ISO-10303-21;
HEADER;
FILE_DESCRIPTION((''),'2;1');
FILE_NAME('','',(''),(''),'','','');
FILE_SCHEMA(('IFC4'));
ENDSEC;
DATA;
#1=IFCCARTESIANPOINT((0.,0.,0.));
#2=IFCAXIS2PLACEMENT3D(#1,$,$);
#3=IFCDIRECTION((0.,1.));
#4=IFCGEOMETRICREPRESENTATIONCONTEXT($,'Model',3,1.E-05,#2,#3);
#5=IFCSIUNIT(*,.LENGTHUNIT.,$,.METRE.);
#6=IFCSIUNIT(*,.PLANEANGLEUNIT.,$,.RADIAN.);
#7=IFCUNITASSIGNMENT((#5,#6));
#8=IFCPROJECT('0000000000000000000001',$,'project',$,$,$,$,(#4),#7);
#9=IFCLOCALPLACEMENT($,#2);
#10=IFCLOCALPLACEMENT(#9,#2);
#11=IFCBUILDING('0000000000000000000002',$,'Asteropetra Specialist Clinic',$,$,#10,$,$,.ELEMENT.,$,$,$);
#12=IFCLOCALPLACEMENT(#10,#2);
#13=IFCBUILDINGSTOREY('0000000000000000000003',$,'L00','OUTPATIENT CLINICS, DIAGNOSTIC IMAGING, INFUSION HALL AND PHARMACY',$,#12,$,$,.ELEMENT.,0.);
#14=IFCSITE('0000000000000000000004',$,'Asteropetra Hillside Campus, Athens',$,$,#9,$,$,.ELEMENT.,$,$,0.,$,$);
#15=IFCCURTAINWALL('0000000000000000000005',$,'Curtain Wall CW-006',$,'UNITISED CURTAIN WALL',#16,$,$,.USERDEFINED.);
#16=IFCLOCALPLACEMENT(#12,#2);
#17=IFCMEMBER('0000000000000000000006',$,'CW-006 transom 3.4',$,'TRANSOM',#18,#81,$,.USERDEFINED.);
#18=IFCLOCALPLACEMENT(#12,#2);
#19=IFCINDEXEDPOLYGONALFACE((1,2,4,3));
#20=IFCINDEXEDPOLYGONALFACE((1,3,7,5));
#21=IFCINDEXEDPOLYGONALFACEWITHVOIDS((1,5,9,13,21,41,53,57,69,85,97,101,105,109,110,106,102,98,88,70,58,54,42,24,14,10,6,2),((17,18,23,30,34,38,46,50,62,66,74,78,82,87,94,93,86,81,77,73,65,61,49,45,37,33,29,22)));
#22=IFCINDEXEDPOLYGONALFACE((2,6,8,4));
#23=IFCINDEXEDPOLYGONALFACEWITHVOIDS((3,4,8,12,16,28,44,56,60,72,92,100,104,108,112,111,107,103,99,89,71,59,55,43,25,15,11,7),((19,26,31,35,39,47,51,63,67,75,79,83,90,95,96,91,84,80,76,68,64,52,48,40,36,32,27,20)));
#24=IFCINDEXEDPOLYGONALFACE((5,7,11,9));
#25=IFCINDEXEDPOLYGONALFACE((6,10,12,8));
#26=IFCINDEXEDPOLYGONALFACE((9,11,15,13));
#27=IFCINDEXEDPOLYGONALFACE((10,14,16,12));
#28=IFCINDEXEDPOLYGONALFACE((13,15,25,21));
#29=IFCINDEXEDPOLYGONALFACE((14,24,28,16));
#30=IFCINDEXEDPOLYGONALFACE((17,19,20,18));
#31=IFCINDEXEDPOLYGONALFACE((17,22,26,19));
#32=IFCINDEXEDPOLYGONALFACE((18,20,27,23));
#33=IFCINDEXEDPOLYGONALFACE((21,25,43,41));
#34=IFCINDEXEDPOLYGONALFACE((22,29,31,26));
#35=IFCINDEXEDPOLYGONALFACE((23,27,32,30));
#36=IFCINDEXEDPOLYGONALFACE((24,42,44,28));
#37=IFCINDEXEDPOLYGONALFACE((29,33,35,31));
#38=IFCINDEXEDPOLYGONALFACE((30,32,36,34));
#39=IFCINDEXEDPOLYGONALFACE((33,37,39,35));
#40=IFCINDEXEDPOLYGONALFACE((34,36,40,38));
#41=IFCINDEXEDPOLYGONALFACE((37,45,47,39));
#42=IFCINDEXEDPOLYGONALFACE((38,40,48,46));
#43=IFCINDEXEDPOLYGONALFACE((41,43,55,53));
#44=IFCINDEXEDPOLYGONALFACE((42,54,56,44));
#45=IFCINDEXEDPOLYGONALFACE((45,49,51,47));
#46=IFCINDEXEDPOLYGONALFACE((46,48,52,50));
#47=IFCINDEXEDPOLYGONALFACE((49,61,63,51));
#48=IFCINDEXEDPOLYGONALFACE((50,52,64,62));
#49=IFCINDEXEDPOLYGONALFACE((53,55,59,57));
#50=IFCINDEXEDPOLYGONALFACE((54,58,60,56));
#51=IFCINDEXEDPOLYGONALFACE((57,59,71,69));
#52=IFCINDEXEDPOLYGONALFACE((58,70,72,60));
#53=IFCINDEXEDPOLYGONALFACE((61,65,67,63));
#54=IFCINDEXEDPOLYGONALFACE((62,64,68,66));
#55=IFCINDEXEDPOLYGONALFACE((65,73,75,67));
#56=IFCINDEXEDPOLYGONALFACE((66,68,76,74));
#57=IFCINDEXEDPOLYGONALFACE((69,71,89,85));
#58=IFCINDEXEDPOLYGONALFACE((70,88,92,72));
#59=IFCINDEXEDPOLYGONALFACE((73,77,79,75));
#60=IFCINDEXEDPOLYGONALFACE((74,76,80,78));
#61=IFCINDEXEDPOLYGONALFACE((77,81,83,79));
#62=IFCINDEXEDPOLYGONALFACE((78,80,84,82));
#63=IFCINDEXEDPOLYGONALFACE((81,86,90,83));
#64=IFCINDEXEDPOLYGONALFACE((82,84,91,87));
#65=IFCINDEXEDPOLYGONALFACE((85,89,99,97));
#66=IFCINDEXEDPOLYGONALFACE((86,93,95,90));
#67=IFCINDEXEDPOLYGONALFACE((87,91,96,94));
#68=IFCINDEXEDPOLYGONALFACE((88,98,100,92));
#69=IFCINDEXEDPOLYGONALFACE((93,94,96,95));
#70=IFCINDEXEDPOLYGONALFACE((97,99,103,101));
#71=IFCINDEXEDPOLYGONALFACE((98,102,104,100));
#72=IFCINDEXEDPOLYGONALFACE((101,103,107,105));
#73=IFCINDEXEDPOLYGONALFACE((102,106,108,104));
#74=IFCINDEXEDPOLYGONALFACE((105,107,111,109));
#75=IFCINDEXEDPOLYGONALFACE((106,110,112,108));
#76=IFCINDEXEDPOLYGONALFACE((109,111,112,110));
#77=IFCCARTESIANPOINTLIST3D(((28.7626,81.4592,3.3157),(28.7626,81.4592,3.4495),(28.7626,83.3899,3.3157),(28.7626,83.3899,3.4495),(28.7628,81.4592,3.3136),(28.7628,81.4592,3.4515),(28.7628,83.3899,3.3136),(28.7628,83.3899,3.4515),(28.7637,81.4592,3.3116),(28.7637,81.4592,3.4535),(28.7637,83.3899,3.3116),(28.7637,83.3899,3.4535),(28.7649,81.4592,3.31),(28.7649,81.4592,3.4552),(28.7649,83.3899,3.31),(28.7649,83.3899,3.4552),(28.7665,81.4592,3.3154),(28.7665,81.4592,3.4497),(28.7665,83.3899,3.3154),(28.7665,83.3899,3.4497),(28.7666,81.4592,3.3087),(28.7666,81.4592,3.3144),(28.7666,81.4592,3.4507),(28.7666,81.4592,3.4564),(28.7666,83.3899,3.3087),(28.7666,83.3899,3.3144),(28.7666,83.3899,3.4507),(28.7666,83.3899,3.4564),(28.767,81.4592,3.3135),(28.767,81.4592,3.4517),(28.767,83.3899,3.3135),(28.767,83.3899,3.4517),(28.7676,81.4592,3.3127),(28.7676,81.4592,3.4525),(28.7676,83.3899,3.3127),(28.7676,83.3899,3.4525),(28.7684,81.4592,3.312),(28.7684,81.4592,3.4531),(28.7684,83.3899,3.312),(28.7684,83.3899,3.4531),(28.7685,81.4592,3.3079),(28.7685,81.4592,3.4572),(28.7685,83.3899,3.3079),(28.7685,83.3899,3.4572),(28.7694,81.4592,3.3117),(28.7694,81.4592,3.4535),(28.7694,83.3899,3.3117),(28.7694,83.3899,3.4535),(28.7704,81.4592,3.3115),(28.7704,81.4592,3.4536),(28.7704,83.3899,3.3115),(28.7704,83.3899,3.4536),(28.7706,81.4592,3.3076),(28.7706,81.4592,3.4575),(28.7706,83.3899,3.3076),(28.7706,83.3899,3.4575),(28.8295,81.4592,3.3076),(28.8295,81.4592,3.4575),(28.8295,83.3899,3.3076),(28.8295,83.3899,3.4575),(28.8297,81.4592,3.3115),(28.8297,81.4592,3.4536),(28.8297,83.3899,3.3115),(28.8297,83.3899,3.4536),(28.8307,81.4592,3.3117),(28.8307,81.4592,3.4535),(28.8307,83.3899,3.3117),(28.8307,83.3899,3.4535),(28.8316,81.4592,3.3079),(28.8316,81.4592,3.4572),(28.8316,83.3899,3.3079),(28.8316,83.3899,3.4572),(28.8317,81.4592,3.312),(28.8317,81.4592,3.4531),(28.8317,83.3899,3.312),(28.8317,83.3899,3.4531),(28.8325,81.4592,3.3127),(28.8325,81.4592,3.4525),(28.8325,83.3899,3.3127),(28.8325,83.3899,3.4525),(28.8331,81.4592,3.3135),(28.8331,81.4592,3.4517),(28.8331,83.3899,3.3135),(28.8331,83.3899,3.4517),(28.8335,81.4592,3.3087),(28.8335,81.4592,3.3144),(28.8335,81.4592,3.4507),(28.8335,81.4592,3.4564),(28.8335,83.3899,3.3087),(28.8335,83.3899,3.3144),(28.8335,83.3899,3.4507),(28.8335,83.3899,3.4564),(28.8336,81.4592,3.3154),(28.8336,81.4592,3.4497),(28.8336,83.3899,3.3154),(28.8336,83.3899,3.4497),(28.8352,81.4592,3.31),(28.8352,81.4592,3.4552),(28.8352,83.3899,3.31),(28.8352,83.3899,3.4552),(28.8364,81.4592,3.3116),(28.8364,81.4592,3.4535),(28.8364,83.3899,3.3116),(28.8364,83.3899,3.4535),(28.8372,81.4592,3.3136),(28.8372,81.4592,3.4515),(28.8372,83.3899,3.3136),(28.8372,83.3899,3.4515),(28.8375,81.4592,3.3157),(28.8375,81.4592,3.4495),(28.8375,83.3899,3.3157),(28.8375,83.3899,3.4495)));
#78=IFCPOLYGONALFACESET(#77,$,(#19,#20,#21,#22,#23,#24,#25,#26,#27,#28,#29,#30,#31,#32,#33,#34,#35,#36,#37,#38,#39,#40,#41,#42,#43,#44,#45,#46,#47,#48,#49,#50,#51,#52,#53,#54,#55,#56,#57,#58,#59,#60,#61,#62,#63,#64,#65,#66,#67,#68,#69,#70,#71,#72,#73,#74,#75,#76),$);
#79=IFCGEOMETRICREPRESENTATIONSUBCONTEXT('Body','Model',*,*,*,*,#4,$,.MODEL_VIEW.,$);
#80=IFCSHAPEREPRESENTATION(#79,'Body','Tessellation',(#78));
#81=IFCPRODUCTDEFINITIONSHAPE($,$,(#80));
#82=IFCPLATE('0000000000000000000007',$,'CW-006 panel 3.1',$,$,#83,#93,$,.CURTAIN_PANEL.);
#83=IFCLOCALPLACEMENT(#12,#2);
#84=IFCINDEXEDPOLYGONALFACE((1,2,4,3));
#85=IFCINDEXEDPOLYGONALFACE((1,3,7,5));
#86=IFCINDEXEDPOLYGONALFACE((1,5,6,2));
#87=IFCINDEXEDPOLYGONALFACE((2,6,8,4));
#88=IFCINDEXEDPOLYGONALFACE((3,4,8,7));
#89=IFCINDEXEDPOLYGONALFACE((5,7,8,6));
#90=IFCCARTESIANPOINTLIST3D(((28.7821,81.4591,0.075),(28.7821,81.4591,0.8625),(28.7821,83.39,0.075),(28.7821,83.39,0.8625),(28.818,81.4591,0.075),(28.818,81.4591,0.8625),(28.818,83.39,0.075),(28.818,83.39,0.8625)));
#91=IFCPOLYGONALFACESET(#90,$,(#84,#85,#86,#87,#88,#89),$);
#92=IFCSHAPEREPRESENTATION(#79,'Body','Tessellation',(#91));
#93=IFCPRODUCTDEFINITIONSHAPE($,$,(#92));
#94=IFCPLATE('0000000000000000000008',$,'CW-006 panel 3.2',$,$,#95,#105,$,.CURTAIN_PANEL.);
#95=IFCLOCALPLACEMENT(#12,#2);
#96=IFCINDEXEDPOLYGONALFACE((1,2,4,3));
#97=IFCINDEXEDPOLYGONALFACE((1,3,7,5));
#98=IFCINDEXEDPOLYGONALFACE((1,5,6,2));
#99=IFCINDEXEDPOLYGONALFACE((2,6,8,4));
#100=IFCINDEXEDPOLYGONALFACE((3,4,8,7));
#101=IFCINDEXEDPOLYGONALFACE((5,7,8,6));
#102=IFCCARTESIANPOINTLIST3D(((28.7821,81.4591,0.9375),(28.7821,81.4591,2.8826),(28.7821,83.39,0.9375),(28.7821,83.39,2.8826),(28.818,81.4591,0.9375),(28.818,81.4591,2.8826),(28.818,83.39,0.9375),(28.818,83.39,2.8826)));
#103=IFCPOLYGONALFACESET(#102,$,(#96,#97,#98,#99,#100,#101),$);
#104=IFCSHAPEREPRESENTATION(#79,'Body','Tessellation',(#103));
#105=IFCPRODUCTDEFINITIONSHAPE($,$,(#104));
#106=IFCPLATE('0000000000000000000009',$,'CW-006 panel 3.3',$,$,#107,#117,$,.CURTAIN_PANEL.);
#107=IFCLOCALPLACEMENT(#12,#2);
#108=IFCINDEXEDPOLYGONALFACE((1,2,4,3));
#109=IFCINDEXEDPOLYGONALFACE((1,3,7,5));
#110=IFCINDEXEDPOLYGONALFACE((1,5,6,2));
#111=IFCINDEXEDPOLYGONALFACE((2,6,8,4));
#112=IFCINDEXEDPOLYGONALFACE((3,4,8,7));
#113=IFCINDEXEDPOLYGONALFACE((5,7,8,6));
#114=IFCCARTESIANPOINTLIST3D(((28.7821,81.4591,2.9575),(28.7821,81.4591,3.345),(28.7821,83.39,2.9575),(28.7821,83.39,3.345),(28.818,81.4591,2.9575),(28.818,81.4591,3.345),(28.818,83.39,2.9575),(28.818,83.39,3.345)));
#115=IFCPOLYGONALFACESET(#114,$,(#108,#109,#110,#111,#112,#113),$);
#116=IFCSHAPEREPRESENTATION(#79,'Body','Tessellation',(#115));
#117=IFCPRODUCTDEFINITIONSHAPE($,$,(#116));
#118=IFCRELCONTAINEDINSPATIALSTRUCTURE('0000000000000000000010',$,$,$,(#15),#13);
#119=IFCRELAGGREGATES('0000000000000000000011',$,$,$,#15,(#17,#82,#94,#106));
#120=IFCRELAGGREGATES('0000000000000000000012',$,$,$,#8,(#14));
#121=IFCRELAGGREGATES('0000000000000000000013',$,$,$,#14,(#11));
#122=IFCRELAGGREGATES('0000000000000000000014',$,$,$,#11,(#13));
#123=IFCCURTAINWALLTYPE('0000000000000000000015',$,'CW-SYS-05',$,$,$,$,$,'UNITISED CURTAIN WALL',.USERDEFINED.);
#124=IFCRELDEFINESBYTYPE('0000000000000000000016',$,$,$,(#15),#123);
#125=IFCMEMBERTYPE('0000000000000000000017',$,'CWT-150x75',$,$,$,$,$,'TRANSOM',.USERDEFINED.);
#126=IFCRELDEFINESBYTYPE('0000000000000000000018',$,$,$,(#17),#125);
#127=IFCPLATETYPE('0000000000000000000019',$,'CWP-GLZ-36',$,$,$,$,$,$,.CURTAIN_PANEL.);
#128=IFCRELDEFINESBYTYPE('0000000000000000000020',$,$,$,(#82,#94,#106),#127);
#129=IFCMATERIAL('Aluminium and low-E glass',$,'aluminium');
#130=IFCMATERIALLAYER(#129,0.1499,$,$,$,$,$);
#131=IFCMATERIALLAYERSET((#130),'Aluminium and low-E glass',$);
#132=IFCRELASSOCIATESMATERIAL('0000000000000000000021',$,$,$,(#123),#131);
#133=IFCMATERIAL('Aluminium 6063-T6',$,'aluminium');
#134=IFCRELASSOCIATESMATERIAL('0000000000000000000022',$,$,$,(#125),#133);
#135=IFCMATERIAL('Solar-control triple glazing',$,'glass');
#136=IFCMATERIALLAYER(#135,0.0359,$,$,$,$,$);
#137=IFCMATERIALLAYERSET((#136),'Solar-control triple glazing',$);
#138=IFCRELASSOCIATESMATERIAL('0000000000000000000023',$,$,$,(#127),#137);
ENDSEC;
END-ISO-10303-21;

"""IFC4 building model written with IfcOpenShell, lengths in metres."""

from ifc_helpers import new_model, si_unit, direction, frame, origin, origin_2d, place, context, subcontext, project, spatial, rectangle, hollow_rectangle, extrude, material, layer, layer_set, material_profile, profile_set, type_object, element, aggregate, save


model = new_model("IFC4")

# Units and contexts
model_context = context("Model", 3, precision=1e-05, world=origin(), true_north=direction((0.0, 1.0)))
body_context = subcontext(model_context, "Body", "Model", "MODEL_VIEW")
ifc_project = project(units=[si_unit("LENGTHUNIT", "METRE"), si_unit("PLANEANGLEUNIT", "RADIAN")], contexts=[model_context])

# Site, building, storey
site_placement = place(None, origin())
site = spatial("IfcSite", under=ifc_project, at=site_placement, Name="Asteropetra Hillside Campus, Athens", CompositionType="ELEMENT", RefElevation=0.0)
building_placement = place(site_placement, origin())
building = spatial("IfcBuilding", under=site, at=building_placement, Name="Asteropetra Specialist Clinic", CompositionType="ELEMENT")
storey_placement = place(building_placement, origin())
storey = spatial("IfcBuildingStorey", under=building, at=storey_placement, Name="L00", Description="OUTPATIENT CLINICS, DIAGNOSTIC IMAGING, INFUSION HALL AND PHARMACY", CompositionType="ELEMENT", Elevation=0.0)

# Curtain wall
ifc_material_1 = material(Name="Aluminium and low-E glass", Category="aluminium")
ifc_layer_1 = layer(ifc_material_1, 0.1499)
ifc_layer_set_1 = layer_set([ifc_layer_1], Name="Aluminium and low-E glass")
curtain_wall_type_1 = type_object("IfcCurtainWallType", Name="CW-SYS-05", ElementType="UNITISED CURTAIN WALL", PredefinedType="USERDEFINED", material=ifc_layer_set_1)
curtain_wall_1_placement = place(storey_placement, origin())
curtain_wall_1 = element("IfcCurtainWall", 1, at=curtain_wall_1_placement, inside=storey, type_object=curtain_wall_type_1, Name="Curtain Wall CW-006", ObjectType="UNITISED CURTAIN WALL", PredefinedType="USERDEFINED")

# Member
ifc_material_2 = material(Name="Aluminium 6063-T6", Category="aluminium")
ifc_material_profile_1 = material_profile(ifc_material_2, hollow_rectangle(XDim=0.075, YDim=0.1499, WallThickness=0.0039, InnerFilletRadius=0.0039, OuterFilletRadius=0.0081, at=origin_2d()), Name="TRN 150x75x4.0")
ifc_profile_set_1 = profile_set([ifc_material_profile_1], Name="Aluminium 6063-T6")
member_type_1 = type_object("IfcMemberType", Name="CWT-150x75", ElementType="TRANSOM", PredefinedType="USERDEFINED", material=ifc_profile_set_1)
member_1_placement = place(storey_placement, frame((28.8, 81.4592, 3.3826), z_axis=(0.0, 1.0, 0.0), x_axis=(-1.0, 0.0, 0.0)))
member_1 = element("IfcMember", 2, at=member_1_placement, type_object=member_type_1, Name="CW-006 transom 3.4", ObjectType="TRANSOM", PredefinedType="USERDEFINED", context=body_context, shape_type="SweptSolid", body=[
    extrude(hollow_rectangle(XDim=0.075, YDim=0.1499, WallThickness=0.0039, InnerFilletRadius=0.0039, OuterFilletRadius=0.0081, at=origin_2d()), origin(), (0.0, 0.0, 1.0), 1.9307),
])

# Plates
ifc_material_3 = material(Name="Solar-control triple glazing", Category="glass")
ifc_layer_2 = layer(ifc_material_3, 0.0359)
ifc_layer_set_2 = layer_set([ifc_layer_2], Name="Solar-control triple glazing")
plate_type = type_object("IfcPlateType", Name="CWP-GLZ-36", PredefinedType="CURTAIN_PANEL", material=ifc_layer_set_2)
plate_1_placement = place(storey_placement, frame((28.8, 82.4246, 0.075), z_axis=(0.0, 0.0, 1.0), x_axis=(0.0, 1.0, 0.0)))
plate_1 = element("IfcPlate", 3, at=plate_1_placement, type_object=plate_type, Name="CW-006 panel 3.1", PredefinedType="CURTAIN_PANEL", context=body_context, shape_type="SweptSolid", body=[
    extrude(rectangle(XDim=1.9309, YDim=0.0359, at=origin_2d()), origin(), (0.0, 0.0, 1.0), 0.7876),
])
plate_2_placement = place(storey_placement, frame((28.8, 82.4246, 0.9375), z_axis=(0.0, 0.0, 1.0), x_axis=(0.0, 1.0, 0.0)))
plate_2 = element("IfcPlate", 4, at=plate_2_placement, type_object=plate_type, Name="CW-006 panel 3.2", PredefinedType="CURTAIN_PANEL", context=body_context, shape_type="SweptSolid", body=[
    extrude(rectangle(XDim=1.9309, YDim=0.0359, at=origin_2d()), origin(), (0.0, 0.0, 1.0), 1.9451),
])
plate_3_placement = place(storey_placement, frame((28.8, 82.4246, 2.9575), z_axis=(0.0, 0.0, 1.0), x_axis=(0.0, 1.0, 0.0)))
plate_3 = element("IfcPlate", 5, at=plate_3_placement, type_object=plate_type, Name="CW-006 panel 3.3", PredefinedType="CURTAIN_PANEL", context=body_context, shape_type="SweptSolid", body=[
    extrude(rectangle(XDim=1.9309, YDim=0.0359, at=origin_2d()), origin(), (0.0, 0.0, 1.0), 0.3875),
])
aggregate(curtain_wall_1, [member_1, plate_1, plate_2, plate_3])

save(model, "model.ifc")
